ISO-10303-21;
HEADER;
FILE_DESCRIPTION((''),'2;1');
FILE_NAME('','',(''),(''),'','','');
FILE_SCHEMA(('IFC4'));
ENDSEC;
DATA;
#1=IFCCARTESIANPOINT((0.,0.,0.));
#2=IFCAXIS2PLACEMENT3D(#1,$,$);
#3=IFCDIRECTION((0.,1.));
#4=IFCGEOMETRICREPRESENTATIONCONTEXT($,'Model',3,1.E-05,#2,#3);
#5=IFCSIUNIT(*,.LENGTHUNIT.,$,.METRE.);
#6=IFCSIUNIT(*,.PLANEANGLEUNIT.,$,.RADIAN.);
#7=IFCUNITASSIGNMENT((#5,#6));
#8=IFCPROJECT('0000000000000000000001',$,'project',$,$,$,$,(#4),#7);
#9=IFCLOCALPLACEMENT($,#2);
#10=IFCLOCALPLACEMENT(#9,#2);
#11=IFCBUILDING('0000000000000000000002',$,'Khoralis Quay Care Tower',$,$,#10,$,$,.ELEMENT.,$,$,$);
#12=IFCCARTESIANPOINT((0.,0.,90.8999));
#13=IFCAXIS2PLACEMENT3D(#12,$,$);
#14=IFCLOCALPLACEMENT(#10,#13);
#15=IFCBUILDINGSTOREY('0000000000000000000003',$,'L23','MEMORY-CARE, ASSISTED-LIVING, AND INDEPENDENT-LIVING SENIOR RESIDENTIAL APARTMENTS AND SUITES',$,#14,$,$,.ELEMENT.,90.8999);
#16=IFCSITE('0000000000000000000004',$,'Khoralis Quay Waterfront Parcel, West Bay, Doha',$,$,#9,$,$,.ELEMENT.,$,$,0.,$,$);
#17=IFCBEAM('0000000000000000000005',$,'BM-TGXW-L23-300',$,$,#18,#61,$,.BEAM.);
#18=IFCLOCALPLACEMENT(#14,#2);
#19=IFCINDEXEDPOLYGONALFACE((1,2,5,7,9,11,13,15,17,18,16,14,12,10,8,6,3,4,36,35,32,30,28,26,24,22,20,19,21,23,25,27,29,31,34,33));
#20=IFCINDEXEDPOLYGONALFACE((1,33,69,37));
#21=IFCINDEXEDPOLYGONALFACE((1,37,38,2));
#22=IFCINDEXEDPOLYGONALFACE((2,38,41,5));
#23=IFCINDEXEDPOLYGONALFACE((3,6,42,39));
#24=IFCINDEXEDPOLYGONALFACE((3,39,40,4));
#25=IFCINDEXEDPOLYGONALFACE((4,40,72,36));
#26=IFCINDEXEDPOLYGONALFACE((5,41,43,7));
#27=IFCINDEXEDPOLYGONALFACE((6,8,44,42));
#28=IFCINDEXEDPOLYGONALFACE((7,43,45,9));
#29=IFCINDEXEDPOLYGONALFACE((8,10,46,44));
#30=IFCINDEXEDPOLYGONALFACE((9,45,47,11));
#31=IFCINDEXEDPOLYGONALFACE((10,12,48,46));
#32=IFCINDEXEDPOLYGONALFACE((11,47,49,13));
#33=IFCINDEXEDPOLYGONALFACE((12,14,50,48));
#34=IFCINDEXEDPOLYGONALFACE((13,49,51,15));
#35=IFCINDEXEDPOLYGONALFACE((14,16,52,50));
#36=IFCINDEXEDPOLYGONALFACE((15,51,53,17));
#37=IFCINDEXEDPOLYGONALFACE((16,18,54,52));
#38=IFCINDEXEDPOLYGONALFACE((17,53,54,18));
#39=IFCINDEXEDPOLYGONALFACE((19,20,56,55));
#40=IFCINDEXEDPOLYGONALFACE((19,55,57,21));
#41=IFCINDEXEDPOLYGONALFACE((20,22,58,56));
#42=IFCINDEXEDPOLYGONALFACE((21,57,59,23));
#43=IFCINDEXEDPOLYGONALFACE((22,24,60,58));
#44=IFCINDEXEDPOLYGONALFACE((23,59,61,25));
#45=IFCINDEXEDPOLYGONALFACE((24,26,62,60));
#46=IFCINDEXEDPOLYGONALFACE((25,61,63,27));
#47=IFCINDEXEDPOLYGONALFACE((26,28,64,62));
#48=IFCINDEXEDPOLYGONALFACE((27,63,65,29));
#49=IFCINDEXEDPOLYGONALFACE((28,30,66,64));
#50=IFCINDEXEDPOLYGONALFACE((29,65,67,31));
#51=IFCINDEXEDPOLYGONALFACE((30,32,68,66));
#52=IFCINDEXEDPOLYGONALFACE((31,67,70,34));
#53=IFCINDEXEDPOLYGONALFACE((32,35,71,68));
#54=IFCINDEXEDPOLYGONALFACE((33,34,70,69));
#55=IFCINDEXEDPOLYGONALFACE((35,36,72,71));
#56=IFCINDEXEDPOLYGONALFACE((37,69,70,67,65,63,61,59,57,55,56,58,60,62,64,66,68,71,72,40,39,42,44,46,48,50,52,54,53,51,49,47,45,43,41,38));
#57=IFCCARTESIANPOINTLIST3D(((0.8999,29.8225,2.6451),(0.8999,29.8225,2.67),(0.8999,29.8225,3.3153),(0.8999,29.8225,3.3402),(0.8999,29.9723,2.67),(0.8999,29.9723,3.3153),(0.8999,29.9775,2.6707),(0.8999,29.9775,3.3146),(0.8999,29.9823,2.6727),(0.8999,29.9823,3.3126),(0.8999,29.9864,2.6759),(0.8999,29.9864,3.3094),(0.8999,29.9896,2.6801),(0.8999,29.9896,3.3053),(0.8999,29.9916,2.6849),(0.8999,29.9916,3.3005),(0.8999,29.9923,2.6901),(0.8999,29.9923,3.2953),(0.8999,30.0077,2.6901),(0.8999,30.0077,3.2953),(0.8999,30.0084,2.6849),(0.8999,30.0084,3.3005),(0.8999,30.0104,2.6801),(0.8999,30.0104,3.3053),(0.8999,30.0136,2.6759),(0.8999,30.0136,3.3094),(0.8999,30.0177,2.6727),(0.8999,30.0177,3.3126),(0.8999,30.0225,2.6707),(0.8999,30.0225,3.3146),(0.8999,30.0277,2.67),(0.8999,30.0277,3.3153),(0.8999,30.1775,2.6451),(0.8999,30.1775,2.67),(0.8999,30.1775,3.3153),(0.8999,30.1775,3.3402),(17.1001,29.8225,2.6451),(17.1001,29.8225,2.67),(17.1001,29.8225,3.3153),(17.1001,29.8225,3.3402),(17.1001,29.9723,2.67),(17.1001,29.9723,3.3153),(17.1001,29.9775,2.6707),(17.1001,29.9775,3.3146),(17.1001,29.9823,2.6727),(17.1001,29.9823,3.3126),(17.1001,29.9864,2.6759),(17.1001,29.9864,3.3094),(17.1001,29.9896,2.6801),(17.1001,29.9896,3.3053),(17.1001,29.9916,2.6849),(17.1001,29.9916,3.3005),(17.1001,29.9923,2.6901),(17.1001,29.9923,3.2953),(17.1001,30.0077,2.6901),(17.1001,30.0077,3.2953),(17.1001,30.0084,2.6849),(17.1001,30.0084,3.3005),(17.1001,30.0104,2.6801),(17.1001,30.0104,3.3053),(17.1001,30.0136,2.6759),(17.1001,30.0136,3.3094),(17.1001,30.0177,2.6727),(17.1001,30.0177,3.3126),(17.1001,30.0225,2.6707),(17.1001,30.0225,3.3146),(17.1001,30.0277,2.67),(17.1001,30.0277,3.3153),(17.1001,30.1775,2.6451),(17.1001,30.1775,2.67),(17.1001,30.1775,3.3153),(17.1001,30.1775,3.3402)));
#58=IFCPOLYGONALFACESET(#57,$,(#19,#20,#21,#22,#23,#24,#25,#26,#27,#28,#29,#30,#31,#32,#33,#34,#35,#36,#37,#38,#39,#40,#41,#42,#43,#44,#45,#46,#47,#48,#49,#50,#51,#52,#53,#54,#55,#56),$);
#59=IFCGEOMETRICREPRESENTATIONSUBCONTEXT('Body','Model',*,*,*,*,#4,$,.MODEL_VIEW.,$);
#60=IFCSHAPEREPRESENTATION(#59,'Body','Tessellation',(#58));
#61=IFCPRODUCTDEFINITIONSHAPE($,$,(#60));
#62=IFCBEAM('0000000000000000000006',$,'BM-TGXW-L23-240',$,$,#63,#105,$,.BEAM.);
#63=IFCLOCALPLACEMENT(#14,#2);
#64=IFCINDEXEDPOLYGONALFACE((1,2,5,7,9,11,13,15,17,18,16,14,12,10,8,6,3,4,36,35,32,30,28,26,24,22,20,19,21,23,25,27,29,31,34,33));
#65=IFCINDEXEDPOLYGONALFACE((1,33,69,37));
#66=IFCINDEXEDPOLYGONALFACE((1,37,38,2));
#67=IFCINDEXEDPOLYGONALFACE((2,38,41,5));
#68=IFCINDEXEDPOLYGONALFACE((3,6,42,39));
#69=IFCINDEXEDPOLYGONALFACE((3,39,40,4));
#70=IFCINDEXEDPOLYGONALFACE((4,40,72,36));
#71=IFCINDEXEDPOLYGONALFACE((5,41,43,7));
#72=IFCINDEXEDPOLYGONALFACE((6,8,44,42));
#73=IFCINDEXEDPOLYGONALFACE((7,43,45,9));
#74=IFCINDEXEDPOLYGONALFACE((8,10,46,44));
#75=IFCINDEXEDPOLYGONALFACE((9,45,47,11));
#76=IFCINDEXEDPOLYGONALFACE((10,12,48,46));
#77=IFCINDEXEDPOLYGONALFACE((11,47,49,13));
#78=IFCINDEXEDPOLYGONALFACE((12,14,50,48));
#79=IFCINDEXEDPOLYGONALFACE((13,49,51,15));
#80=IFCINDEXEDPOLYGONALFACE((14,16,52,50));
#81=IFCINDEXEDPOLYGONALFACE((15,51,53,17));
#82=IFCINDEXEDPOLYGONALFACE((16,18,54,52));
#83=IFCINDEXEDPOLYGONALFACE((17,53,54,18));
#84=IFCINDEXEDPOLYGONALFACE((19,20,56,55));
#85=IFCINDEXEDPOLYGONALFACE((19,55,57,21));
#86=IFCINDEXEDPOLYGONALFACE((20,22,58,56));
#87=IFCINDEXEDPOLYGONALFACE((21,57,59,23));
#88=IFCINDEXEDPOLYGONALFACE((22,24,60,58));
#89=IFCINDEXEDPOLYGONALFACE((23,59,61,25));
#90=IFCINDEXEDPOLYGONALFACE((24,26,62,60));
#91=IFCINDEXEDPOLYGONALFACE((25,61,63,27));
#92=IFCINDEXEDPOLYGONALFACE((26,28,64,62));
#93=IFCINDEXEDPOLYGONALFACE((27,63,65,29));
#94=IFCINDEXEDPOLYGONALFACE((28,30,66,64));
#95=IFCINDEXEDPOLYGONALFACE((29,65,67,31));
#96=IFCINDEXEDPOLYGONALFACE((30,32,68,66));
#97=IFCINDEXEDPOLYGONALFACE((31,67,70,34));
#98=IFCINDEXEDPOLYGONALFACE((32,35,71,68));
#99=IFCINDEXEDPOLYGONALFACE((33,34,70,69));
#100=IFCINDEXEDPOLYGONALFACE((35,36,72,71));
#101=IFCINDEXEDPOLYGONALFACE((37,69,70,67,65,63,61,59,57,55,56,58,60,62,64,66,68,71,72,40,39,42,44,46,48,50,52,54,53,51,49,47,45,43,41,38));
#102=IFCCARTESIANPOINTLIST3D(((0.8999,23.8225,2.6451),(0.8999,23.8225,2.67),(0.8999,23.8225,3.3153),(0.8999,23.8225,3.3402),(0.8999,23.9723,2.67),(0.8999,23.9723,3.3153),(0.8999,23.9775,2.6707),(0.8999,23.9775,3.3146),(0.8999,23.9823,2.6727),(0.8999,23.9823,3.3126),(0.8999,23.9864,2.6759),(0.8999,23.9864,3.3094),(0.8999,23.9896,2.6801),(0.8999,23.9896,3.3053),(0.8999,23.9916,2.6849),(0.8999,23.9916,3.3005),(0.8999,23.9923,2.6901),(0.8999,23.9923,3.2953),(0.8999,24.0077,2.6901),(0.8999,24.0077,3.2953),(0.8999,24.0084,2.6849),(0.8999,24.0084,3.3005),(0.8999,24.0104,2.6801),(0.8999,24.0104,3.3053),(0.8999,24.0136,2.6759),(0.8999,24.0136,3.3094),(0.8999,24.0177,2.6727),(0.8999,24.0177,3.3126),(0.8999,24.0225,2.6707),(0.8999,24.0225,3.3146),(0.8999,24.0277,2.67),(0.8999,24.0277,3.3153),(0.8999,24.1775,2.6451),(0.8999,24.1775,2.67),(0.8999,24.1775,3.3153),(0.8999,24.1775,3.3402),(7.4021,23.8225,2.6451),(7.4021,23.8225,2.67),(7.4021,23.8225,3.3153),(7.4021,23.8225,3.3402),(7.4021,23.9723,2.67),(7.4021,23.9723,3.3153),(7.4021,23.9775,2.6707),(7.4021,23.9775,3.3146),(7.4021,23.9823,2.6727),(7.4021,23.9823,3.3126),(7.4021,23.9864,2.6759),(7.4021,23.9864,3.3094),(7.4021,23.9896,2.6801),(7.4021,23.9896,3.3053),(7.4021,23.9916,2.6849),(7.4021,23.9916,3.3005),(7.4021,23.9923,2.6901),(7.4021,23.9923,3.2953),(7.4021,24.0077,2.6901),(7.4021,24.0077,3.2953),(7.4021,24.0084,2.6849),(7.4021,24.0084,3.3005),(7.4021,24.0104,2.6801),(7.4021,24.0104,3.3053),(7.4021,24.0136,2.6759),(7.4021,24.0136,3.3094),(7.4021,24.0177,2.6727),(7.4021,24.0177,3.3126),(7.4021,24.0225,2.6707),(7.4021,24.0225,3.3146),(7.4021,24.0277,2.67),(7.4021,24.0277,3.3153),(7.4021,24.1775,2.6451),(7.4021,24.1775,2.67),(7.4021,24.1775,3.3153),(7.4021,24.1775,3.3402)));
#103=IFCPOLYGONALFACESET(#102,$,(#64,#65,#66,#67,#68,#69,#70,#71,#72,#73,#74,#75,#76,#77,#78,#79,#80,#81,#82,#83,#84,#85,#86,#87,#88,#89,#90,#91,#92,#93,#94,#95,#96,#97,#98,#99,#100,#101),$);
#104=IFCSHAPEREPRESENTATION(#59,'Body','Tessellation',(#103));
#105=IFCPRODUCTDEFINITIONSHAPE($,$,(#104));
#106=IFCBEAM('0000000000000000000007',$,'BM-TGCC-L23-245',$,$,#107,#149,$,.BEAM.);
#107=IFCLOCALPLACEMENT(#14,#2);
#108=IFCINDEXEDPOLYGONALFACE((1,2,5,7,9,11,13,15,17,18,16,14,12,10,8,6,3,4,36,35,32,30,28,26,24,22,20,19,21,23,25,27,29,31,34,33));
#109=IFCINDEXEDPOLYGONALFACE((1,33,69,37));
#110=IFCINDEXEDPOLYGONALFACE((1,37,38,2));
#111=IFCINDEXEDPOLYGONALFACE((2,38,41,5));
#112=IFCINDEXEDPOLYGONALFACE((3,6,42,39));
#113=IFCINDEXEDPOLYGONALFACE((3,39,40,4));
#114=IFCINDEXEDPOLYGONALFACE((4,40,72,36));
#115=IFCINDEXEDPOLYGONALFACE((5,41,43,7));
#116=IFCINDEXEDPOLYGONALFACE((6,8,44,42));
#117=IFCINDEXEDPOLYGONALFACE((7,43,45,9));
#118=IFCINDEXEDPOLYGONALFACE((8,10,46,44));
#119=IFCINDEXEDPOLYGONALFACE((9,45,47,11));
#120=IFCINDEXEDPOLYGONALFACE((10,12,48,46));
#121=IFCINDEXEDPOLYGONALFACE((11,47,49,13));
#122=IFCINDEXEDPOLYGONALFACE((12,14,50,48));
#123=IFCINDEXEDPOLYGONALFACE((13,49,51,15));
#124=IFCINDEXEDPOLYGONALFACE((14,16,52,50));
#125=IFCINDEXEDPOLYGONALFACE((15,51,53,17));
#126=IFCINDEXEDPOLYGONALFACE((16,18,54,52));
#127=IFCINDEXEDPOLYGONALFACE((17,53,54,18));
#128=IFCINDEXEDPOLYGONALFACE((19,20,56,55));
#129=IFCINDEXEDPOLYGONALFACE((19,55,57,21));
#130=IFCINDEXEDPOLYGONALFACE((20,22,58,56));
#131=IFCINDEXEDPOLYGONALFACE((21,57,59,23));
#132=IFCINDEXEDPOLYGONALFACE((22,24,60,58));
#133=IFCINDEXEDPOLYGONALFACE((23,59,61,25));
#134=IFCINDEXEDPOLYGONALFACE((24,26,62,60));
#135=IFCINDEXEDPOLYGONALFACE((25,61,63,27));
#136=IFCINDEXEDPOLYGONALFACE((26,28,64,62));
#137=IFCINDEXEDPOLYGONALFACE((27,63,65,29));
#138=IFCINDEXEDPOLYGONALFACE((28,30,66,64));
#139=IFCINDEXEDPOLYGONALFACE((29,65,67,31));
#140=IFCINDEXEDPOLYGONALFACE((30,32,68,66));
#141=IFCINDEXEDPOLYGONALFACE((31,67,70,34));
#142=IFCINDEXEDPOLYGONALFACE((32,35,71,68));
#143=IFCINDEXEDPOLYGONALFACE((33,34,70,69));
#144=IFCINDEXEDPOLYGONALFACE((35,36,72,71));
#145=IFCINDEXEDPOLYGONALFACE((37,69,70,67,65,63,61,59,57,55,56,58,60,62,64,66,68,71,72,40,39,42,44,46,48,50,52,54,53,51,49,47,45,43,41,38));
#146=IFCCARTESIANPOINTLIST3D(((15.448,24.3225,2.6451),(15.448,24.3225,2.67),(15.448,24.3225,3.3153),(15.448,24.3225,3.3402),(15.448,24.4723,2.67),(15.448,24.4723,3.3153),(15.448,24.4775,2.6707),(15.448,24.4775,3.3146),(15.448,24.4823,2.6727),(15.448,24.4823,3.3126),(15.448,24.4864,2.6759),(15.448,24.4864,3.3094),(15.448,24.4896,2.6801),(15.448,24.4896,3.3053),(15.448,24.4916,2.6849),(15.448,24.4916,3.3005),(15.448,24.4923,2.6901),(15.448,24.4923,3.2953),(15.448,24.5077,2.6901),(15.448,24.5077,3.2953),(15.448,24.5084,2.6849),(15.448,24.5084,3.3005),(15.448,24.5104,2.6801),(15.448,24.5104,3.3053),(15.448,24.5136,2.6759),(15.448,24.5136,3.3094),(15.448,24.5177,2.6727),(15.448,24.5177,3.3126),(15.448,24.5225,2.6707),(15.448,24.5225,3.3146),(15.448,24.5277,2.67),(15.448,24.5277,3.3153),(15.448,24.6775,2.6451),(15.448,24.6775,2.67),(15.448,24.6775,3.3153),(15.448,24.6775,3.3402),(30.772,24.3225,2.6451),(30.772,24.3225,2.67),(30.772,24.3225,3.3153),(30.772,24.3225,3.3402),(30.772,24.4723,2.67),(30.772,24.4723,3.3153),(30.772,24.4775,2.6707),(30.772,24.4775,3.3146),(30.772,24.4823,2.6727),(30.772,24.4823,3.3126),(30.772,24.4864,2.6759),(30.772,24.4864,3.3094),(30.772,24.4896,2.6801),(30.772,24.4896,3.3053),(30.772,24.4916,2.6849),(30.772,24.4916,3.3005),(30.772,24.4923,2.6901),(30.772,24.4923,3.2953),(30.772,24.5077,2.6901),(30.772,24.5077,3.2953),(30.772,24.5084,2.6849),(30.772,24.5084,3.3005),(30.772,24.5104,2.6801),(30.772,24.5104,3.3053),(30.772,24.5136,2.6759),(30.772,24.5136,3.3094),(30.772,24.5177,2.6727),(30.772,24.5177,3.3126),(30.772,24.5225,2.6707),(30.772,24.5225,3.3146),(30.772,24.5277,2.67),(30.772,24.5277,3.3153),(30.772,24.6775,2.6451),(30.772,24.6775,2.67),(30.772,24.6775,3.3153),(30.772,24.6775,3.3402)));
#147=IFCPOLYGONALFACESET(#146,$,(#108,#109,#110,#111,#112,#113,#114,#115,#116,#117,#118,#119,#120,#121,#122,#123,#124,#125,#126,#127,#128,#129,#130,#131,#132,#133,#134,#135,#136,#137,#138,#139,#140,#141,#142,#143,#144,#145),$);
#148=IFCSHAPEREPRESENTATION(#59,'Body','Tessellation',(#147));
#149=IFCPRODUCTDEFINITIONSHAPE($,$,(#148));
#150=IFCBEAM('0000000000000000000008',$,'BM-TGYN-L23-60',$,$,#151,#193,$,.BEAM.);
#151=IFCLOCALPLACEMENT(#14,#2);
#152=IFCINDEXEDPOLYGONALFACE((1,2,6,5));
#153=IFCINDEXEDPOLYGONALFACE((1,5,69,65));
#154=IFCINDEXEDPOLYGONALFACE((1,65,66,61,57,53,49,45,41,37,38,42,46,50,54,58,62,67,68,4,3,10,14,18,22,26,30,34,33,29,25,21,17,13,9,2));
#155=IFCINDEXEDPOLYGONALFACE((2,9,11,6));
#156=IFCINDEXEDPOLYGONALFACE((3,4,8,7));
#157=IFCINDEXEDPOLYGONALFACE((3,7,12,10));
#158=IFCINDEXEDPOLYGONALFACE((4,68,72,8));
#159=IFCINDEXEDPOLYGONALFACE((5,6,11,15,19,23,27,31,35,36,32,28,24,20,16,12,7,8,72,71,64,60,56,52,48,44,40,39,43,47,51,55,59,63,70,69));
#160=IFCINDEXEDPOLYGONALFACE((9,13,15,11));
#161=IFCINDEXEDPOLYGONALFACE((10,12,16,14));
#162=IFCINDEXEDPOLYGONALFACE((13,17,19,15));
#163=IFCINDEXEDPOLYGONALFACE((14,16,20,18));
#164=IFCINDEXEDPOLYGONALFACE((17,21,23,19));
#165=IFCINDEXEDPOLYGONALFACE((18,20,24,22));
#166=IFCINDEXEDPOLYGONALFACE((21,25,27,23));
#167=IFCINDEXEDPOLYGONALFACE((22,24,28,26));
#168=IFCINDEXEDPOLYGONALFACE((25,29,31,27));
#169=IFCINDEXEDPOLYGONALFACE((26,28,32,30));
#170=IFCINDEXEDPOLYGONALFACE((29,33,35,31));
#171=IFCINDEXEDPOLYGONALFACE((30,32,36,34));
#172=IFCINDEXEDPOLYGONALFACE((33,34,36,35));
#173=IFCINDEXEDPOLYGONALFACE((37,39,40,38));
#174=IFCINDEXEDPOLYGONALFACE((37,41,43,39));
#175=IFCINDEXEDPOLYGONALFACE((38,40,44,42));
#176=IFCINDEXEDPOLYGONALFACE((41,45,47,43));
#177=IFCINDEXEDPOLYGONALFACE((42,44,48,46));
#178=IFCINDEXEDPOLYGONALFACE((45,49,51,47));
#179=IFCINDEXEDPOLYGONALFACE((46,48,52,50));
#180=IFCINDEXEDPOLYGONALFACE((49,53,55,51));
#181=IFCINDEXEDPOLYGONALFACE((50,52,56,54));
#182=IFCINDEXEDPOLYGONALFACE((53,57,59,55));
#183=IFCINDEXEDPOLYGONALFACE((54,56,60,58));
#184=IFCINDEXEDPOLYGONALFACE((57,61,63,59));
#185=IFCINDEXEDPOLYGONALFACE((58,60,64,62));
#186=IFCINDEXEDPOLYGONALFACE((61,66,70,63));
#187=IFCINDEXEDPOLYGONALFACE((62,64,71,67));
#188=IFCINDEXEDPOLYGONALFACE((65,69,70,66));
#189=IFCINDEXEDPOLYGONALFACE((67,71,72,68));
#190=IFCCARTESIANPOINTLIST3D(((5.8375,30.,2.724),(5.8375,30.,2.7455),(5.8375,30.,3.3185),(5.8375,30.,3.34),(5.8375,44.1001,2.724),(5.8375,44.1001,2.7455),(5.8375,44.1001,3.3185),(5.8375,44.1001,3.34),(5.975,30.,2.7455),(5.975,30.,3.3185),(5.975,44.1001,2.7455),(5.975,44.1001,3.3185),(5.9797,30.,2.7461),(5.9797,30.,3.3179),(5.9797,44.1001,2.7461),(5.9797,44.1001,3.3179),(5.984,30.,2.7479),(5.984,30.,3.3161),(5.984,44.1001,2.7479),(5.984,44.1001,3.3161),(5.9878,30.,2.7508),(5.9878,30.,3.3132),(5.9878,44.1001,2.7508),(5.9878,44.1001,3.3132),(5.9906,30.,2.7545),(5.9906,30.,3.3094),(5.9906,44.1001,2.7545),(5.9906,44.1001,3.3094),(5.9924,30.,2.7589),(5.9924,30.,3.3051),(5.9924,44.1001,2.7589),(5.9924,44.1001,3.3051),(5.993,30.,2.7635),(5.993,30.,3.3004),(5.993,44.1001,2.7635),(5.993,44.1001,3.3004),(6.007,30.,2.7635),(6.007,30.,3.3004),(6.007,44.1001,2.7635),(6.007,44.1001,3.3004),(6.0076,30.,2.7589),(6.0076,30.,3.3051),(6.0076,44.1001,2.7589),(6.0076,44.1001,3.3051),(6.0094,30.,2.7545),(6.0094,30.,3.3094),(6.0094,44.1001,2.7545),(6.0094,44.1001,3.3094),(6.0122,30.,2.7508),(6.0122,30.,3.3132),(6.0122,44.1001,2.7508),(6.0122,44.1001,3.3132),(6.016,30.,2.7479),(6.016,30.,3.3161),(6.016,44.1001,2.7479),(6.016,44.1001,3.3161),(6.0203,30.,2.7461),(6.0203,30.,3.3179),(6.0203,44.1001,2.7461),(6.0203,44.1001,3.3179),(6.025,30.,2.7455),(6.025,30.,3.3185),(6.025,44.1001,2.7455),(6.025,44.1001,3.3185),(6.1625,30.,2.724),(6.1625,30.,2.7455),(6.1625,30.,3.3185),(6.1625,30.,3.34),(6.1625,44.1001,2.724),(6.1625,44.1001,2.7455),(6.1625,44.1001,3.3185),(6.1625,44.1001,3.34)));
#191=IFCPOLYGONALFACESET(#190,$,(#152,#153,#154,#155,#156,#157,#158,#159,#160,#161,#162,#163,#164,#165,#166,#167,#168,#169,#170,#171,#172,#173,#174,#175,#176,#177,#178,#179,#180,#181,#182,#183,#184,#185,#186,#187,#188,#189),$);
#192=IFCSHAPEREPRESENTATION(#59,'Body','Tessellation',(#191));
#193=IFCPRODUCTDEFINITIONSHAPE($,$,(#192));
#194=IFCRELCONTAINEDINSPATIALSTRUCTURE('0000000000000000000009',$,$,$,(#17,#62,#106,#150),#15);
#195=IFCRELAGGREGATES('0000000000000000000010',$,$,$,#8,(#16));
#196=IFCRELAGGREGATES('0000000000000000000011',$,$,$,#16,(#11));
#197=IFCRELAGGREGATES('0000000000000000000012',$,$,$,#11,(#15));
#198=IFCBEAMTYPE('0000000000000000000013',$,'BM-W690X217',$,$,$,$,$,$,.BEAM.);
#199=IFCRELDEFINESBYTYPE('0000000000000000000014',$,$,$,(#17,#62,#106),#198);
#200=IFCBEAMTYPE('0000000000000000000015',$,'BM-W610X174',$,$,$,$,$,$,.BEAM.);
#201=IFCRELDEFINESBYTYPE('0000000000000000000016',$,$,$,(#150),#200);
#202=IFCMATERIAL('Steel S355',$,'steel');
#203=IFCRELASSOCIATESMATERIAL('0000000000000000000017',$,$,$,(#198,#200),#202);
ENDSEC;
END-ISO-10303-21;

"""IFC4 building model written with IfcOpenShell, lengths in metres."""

from ifc_helpers import new_model, si_unit, direction, frame, origin, origin_2d, place, context, subcontext, project, spatial, i_section, extrude, source, transform, mapped, material, material_profile, profile_set, type_object, element, save


model = new_model("IFC4")

# Units and contexts
model_context = context("Model", 3, precision=1e-05, world=origin(), true_north=direction((0.0, 1.0)))
body_context = subcontext(model_context, "Body", "Model", "MODEL_VIEW")
ifc_project = project(units=[si_unit("LENGTHUNIT", "METRE"), si_unit("PLANEANGLEUNIT", "RADIAN")], contexts=[model_context])

# Site, building, storey
site_placement = place(None, origin())
site = spatial("IfcSite", under=ifc_project, at=site_placement, Name="Khoralis Quay Waterfront Parcel, West Bay, Doha", CompositionType="ELEMENT", RefElevation=0.0)
building_placement = place(site_placement, origin())
building = spatial("IfcBuilding", under=site, at=building_placement, Name="Khoralis Quay Care Tower", CompositionType="ELEMENT")
storey_placement = place(building_placement, frame((0.0, 0.0, 90.8999)))
storey = spatial("IfcBuildingStorey", under=building, at=storey_placement, Name="L23", Description="MEMORY-CARE, ASSISTED-LIVING, AND INDEPENDENT-LIVING SENIOR RESIDENTIAL APARTMENTS AND SUITES", CompositionType="ELEMENT", Elevation=90.8999)

# Beams
ifc_material_1 = material(Name="Steel S355", Category="steel")
ifc_material_profile_1 = material_profile(ifc_material_1, i_section(OverallWidth=0.355, OverallDepth=0.6951, WebThickness=0.0154, FlangeThickness=0.0249, FilletRadius=0.02, at=origin_2d()), Name="Steel S355")
ifc_profile_set_1 = profile_set([ifc_material_profile_1], Name="Steel S355")
beam_type_1 = type_object("IfcBeamType", Name="BM-W690X217", PredefinedType="BEAM", material=ifc_profile_set_1)
shared_shape_1 = source(origin(), body_context, "Body", "SweptSolid", [
    extrude(i_section(OverallWidth=0.355, OverallDepth=0.6951, WebThickness=0.0154, FlangeThickness=0.0249, FilletRadius=0.02, at=origin_2d()), origin(), (0.0, 0.0, 1.0), 16.2002),
])
beam_1_placement = place(storey_placement, frame((0.8999, 30.0, 2.9927), z_axis=(1.0, 0.0, 0.0), x_axis=(0.0, 1.0, 0.0)))
element("IfcBeam", 1, at=beam_1_placement, inside=storey, type_object=beam_type_1, Name="BM-TGXW-L23-300", PredefinedType="BEAM", context=body_context, shape_type="MappedRepresentation", body=[
    mapped(shared_shape_1, transform((0.0, 0.0, 0.0), scale=1.0)),
])
shared_shape_2 = source(origin(), body_context, "Body", "SweptSolid", [
    extrude(i_section(OverallWidth=0.355, OverallDepth=0.6951, WebThickness=0.0154, FlangeThickness=0.0249, FilletRadius=0.02, at=origin_2d()), origin(), (0.0, 0.0, 1.0), 6.5022),
])
beam_2_placement = place(storey_placement, frame((0.8999, 24.0, 2.9927), z_axis=(1.0, 0.0, 0.0), x_axis=(0.0, 1.0, 0.0)))
element("IfcBeam", 2, at=beam_2_placement, inside=storey, type_object=beam_type_1, Name="BM-TGXW-L23-240", PredefinedType="BEAM", context=body_context, shape_type="MappedRepresentation", body=[
    mapped(shared_shape_2, transform((0.0, 0.0, 0.0), scale=1.0)),
])
shared_shape_3 = source(origin(), body_context, "Body", "SweptSolid", [
    extrude(i_section(OverallWidth=0.355, OverallDepth=0.6951, WebThickness=0.0154, FlangeThickness=0.0249, FilletRadius=0.02, at=origin_2d()), origin(), (0.0, 0.0, 1.0), 15.324),
])
beam_3_placement = place(storey_placement, frame((15.448, 24.5, 2.9927), z_axis=(1.0, 0.0, 0.0), x_axis=(0.0, 1.0, 0.0)))
element("IfcBeam", 3, at=beam_3_placement, inside=storey, type_object=beam_type_1, Name="BM-TGCC-L23-245", PredefinedType="BEAM", context=body_context, shape_type="MappedRepresentation", body=[
    mapped(shared_shape_3, transform((0.0, 0.0, 0.0), scale=1.0)),
])
ifc_material_profile_2 = material_profile(ifc_material_1, i_section(OverallWidth=0.325, OverallDepth=0.616, WebThickness=0.0139, FlangeThickness=0.0215, FilletRadius=0.0181, at=origin_2d()), Name="Steel S355")
ifc_profile_set_2 = profile_set([ifc_material_profile_2], Name="Steel S355")
beam_type_2 = type_object("IfcBeamType", Name="BM-W610X174", PredefinedType="BEAM", material=ifc_profile_set_2)
shared_shape_4 = source(origin(), body_context, "Body", "SweptSolid", [
    extrude(i_section(OverallWidth=0.325, OverallDepth=0.616, WebThickness=0.0139, FlangeThickness=0.0215, FilletRadius=0.0181, at=origin_2d()), origin(), (0.0, 0.0, 1.0), 14.1001),
])
beam_4_placement = place(storey_placement, frame((6.0, 30.0, 3.032), z_axis=(0.0, 1.0, 0.0), x_axis=(-1.0, 0.0, 0.0)))
element("IfcBeam", 4, at=beam_4_placement, inside=storey, type_object=beam_type_2, Name="BM-TGYN-L23-60", PredefinedType="BEAM", context=body_context, shape_type="MappedRepresentation", body=[
    mapped(shared_shape_4, transform((0.0, 0.0, 0.0), scale=1.0)),
])

save(model, "model.ifc")
